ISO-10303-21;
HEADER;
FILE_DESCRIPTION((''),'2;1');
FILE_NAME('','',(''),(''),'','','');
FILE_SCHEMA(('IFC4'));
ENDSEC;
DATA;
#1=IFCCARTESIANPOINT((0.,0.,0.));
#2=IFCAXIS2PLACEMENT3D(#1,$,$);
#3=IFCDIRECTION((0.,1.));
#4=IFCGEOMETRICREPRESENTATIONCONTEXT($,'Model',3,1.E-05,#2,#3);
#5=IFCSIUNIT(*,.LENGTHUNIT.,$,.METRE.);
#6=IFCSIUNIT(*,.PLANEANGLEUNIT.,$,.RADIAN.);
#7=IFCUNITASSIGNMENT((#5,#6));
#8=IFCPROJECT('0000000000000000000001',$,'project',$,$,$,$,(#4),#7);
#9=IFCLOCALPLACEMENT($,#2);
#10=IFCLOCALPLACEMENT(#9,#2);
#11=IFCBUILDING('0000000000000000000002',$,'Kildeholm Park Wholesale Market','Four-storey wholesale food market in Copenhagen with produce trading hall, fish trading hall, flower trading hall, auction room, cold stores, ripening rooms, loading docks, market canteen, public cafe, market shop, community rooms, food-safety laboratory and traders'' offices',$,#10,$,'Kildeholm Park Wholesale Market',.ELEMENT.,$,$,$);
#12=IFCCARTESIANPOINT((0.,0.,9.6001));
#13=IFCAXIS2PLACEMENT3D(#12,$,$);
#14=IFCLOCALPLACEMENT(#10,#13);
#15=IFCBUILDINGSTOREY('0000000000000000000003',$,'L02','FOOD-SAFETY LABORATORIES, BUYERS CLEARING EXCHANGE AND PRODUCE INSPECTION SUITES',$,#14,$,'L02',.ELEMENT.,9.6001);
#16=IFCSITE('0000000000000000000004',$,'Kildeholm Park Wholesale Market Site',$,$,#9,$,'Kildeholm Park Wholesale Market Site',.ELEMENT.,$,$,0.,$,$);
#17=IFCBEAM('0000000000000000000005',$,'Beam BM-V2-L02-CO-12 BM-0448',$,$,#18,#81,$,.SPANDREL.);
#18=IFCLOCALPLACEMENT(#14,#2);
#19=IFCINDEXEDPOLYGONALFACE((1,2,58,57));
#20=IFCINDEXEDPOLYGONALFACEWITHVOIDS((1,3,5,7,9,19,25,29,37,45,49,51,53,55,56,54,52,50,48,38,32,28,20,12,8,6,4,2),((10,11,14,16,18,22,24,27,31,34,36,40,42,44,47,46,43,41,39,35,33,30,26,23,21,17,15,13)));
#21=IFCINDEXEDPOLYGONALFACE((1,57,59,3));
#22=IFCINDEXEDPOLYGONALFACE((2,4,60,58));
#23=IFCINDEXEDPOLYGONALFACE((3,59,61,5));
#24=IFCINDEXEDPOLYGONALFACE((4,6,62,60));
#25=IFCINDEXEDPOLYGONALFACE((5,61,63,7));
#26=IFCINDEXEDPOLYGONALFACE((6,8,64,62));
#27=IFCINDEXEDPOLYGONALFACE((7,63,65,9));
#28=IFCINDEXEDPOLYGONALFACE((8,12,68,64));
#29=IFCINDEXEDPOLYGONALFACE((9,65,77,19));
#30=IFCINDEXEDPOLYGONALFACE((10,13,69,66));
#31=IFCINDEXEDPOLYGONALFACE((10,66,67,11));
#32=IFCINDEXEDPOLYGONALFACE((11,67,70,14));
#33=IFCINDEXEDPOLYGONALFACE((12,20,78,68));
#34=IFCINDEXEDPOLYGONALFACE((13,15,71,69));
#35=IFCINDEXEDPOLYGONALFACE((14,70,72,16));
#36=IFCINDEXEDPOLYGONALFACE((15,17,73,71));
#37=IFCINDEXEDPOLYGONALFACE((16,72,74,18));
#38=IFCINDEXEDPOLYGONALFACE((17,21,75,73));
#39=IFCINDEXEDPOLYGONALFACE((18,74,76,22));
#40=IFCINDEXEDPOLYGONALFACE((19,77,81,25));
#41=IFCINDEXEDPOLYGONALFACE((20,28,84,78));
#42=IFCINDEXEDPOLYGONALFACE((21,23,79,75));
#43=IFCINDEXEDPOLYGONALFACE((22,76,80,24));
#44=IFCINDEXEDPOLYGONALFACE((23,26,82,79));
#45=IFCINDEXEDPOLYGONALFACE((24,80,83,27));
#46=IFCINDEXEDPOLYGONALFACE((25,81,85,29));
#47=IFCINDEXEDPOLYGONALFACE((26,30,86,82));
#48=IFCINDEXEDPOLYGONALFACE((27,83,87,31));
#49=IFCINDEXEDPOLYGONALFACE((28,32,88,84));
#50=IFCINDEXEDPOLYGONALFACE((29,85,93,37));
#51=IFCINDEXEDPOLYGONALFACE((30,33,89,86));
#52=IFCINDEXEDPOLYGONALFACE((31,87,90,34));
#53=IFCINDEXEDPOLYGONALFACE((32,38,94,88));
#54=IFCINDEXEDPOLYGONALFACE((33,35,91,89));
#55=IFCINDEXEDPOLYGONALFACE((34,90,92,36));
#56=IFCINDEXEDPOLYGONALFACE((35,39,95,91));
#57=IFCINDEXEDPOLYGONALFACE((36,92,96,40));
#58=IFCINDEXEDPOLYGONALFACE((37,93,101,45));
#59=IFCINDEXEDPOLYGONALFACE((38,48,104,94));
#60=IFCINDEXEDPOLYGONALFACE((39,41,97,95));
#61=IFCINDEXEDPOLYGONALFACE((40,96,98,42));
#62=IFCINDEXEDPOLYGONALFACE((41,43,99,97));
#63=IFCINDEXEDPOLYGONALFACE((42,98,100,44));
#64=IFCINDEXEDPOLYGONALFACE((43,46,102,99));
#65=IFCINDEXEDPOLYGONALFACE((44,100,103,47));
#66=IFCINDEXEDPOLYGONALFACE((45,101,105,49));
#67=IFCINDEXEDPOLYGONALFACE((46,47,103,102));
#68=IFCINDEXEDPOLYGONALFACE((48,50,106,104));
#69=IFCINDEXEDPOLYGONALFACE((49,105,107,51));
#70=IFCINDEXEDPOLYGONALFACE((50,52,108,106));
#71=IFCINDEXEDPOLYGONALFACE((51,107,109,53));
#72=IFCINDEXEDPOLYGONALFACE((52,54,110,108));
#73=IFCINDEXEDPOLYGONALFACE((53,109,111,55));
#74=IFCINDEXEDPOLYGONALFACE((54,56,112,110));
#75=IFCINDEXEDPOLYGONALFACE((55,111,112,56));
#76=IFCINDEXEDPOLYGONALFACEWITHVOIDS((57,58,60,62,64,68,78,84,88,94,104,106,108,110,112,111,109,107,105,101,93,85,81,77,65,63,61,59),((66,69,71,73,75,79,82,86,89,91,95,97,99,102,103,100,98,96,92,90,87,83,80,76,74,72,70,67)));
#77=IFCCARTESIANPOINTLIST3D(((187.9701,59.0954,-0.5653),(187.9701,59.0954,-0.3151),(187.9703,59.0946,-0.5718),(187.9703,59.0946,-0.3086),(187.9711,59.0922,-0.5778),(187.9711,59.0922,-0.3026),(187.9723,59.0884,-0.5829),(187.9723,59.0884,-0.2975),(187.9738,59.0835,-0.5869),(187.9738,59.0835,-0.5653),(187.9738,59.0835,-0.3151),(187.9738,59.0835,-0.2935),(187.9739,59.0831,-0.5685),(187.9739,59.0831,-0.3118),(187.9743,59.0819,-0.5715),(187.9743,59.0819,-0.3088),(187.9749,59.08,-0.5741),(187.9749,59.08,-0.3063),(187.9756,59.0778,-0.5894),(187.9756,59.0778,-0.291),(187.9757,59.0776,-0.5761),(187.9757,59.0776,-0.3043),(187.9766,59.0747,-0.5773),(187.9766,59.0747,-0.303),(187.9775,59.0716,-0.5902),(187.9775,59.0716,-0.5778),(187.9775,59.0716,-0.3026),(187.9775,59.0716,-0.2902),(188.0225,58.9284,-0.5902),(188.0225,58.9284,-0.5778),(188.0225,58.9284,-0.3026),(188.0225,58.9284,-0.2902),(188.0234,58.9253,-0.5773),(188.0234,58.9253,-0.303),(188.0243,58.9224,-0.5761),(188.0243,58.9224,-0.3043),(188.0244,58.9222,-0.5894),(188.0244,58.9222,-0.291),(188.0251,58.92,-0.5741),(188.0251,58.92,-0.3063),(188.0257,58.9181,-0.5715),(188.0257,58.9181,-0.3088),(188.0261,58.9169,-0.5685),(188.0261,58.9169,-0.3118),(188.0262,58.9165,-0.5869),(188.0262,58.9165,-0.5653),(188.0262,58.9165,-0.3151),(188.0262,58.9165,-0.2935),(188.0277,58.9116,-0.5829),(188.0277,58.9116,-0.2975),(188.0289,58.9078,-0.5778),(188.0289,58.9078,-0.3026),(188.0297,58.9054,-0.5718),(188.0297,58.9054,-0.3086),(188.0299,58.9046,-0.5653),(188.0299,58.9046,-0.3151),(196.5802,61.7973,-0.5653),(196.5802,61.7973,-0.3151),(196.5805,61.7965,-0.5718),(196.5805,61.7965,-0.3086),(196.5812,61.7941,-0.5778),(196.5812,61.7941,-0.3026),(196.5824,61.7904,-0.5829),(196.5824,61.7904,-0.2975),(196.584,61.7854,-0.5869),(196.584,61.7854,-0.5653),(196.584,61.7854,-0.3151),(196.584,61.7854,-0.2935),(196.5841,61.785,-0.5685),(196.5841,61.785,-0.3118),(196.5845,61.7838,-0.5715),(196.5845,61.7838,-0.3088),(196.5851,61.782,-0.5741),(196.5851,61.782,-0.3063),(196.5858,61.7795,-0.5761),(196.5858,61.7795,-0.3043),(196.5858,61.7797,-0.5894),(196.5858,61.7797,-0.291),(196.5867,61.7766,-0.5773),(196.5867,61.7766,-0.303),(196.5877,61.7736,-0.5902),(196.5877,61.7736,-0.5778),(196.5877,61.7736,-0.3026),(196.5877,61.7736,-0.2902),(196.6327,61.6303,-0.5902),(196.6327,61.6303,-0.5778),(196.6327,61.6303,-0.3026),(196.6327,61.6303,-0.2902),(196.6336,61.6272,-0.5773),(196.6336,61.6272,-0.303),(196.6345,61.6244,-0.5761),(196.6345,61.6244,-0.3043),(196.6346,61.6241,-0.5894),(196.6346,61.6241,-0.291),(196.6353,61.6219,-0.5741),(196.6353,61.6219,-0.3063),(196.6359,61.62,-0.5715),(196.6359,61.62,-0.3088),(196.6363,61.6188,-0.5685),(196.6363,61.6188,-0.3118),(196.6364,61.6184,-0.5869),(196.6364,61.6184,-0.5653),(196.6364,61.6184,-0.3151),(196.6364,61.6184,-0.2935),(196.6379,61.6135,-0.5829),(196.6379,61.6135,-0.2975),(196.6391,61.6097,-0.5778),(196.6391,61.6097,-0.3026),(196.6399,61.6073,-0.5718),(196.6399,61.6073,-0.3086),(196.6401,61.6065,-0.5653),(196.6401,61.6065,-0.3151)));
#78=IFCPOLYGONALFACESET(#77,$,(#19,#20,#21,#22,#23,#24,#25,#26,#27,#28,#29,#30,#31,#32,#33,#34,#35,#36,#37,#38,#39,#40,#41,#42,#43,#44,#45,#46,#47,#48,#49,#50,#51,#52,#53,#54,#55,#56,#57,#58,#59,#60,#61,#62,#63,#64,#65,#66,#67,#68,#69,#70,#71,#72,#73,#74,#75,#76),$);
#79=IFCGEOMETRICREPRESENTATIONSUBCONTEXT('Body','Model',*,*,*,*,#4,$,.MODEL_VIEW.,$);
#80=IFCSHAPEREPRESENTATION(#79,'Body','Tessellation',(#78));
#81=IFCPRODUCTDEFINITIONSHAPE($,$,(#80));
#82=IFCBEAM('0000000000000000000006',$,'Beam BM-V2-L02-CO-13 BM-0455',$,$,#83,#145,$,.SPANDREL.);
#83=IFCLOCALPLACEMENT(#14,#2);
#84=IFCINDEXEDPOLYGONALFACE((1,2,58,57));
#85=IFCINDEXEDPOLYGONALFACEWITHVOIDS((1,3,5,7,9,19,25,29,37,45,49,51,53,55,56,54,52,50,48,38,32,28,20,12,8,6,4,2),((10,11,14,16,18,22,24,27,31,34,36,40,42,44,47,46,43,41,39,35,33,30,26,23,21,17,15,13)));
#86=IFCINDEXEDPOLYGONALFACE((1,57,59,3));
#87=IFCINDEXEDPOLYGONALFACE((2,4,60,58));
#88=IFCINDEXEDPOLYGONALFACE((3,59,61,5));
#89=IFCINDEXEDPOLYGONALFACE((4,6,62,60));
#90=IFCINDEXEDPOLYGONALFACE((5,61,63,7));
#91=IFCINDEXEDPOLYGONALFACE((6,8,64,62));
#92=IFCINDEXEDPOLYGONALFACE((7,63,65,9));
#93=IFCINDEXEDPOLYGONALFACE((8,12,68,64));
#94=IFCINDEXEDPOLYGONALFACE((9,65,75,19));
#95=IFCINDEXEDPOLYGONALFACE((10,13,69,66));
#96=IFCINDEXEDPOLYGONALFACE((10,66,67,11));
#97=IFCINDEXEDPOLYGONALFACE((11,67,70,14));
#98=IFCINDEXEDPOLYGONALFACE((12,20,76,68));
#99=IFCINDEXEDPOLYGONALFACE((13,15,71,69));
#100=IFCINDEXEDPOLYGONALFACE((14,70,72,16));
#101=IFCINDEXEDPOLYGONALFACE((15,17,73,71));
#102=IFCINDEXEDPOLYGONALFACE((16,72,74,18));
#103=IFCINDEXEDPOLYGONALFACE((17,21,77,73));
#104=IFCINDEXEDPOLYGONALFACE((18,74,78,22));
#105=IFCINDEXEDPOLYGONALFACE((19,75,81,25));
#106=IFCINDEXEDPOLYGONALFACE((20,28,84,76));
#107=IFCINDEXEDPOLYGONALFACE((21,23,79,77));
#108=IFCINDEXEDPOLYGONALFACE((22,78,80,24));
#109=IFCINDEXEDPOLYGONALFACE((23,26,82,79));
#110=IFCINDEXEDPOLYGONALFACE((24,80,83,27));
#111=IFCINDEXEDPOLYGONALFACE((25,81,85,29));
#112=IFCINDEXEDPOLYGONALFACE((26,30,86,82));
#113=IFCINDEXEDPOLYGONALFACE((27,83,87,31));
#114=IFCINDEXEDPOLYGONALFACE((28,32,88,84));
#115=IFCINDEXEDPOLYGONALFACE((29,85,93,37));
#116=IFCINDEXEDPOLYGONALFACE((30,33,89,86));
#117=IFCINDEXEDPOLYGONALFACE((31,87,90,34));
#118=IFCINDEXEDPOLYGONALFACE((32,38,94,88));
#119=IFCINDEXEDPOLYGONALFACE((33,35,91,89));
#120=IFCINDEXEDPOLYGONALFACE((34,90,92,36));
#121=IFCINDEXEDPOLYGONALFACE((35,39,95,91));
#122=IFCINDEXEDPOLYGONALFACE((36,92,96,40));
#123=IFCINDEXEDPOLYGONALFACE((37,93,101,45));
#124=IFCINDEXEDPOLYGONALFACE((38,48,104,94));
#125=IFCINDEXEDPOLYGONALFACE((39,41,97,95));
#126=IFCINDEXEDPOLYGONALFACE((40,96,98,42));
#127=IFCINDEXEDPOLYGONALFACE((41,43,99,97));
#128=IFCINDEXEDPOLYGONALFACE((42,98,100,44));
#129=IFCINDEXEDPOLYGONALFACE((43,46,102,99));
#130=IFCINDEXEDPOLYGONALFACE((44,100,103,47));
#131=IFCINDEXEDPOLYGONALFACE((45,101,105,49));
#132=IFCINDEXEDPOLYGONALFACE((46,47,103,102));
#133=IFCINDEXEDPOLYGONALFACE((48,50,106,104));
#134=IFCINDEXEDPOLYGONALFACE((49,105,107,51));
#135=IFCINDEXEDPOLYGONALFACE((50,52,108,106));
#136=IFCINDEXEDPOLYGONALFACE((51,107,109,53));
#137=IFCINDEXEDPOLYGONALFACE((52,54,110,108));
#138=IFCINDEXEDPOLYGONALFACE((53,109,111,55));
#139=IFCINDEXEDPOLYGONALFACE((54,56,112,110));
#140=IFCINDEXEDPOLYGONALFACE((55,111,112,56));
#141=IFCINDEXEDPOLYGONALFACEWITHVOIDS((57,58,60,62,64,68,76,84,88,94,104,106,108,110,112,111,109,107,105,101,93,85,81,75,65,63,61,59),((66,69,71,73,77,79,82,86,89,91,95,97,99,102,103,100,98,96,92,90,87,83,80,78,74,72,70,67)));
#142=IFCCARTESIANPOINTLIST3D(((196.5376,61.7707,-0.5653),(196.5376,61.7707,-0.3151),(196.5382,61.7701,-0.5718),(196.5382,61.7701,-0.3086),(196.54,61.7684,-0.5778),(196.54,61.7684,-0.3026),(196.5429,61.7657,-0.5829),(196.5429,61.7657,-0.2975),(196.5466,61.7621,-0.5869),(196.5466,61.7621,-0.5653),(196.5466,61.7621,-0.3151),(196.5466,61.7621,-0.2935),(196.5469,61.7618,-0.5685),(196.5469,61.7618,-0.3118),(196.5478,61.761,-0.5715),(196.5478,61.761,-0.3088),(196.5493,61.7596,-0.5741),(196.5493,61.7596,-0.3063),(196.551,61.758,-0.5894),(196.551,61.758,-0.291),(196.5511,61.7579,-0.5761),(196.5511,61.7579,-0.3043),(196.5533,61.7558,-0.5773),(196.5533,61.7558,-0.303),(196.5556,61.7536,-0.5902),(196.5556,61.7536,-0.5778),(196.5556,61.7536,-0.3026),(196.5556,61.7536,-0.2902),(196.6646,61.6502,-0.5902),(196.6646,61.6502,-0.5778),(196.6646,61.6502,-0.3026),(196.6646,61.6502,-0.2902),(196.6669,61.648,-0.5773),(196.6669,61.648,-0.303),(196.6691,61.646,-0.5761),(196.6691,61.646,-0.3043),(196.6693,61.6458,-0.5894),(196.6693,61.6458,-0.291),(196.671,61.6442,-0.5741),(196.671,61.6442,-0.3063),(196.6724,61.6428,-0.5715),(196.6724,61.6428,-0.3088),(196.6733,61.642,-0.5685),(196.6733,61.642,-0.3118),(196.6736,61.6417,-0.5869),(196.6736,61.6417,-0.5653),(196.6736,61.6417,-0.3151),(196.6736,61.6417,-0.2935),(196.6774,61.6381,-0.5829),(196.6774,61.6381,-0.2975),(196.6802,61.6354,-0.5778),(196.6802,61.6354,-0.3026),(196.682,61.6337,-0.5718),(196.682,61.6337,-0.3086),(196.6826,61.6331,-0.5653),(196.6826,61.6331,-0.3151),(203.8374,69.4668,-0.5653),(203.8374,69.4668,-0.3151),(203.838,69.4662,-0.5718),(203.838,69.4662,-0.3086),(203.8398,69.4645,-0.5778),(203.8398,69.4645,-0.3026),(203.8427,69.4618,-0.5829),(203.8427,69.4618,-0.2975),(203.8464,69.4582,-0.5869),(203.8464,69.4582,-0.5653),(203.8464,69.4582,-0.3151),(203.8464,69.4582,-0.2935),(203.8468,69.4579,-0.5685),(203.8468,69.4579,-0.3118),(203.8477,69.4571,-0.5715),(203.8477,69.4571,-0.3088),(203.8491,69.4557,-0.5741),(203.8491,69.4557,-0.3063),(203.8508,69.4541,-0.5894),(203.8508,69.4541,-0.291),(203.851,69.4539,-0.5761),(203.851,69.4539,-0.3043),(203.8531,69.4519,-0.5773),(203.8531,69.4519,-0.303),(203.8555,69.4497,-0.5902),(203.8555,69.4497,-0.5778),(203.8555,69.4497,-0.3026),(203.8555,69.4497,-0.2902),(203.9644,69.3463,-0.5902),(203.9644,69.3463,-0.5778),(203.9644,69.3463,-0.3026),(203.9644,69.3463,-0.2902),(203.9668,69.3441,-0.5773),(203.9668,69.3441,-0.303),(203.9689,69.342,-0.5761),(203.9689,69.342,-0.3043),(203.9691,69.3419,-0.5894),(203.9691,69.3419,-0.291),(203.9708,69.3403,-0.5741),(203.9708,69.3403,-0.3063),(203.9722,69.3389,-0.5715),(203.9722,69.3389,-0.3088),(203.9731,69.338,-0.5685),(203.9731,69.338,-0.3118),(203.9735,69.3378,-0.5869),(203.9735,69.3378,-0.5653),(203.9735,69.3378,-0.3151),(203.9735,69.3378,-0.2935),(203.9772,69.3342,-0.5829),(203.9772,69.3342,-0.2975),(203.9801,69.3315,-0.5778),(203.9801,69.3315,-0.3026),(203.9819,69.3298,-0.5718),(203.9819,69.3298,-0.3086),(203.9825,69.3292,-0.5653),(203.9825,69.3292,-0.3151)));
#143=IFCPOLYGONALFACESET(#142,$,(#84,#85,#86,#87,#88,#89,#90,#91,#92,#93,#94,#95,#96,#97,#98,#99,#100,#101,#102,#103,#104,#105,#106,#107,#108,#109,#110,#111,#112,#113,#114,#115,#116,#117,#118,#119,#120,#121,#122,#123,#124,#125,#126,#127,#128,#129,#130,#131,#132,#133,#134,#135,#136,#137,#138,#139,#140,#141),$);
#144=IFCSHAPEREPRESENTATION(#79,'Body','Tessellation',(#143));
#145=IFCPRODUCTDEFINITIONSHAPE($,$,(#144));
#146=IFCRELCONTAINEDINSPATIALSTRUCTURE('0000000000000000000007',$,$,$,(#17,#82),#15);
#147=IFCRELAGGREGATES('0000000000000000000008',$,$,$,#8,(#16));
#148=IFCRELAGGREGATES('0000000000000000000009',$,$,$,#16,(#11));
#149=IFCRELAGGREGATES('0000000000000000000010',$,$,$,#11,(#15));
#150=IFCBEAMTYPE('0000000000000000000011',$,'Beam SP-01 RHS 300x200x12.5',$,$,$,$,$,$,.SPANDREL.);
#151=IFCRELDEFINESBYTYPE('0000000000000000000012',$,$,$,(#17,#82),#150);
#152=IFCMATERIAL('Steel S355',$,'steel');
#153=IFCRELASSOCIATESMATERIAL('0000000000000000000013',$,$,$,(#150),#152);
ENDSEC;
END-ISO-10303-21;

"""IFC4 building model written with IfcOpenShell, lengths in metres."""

from ifc_helpers import new_model, si_unit, direction, frame, origin, origin_2d, place, context, subcontext, project, spatial, hollow_rectangle, extrude, material, material_profile, profile_set, type_object, element, save


model = new_model("IFC4")

# Units and contexts
model_context = context("Model", 3, precision=1e-05, world=origin(), true_north=direction((0.0, 1.0)))
body_context = subcontext(model_context, "Body", "Model", "MODEL_VIEW")
ifc_project = project(units=[si_unit("LENGTHUNIT", "METRE"), si_unit("PLANEANGLEUNIT", "RADIAN")], contexts=[model_context])

# Site, building, storey
site_placement = place(None, origin())
site = spatial("IfcSite", under=ifc_project, at=site_placement, Name="Kildeholm Park Wholesale Market Site", LongName="Kildeholm Park Wholesale Market Site", CompositionType="ELEMENT", RefElevation=0.0)
building_placement = place(site_placement, origin())
building = spatial("IfcBuilding", under=site, at=building_placement, Name="Kildeholm Park Wholesale Market", Description="Four-storey wholesale food market in Copenhagen with produce trading hall, fish trading hall, flower trading hall, auction room, cold stores, ripening rooms, loading docks, market canteen, public cafe, market shop, community rooms, food-safety laboratory and traders' offices", LongName="Kildeholm Park Wholesale Market", CompositionType="ELEMENT")
storey_placement = place(building_placement, frame((0.0, 0.0, 9.6001)))
storey = spatial("IfcBuildingStorey", under=building, at=storey_placement, Name="L02", Description="FOOD-SAFETY LABORATORIES, BUYERS CLEARING EXCHANGE AND PRODUCE INSPECTION SUITES", LongName="L02", CompositionType="ELEMENT", Elevation=9.6001)

# Shared definitions
ifc_material_1 = material(Name="Steel S355", Category="steel")

# Beams
ifc_material_profile_1 = material_profile(ifc_material_1, hollow_rectangle(XDim=0.2, YDim=0.3, WallThickness=0.0125, InnerFilletRadius=0.0125, OuterFilletRadius=0.0249, at=origin_2d()), Name="RHS 300x200x12.5")
ifc_profile_set_1 = profile_set([ifc_material_profile_1], Name="Steel S355")
beam_type_1 = type_object("IfcBeamType", Name="Beam SP-01 RHS 300x200x12.5", PredefinedType="SPANDREL", material=ifc_profile_set_1)
for number, where, z_axis, x_axis, name in (
    (1, (188.0, 59.0, -0.4402), (0.954125, 0.29941, 0.0), (-0.29941, 0.954125, 0.0), "Beam BM-V2-L02-CO-12 BM-0448"),
):
    element("IfcBeam", number, at=place(storey_placement, frame(where, z_axis=z_axis, x_axis=x_axis)), inside=storey, type_object=beam_type_1, Name=name, PredefinedType="SPANDREL", context=body_context, shape_type="SweptSolid", body=[
        extrude(hollow_rectangle(XDim=0.2, YDim=0.3, WallThickness=0.0125, InnerFilletRadius=0.0125, OuterFilletRadius=0.0249, at=origin_2d()), origin(), (0.0, 0.0, 1.0), 9.0242),
    ])
beam_1_placement = place(storey_placement, frame((196.6101, 61.7019, -0.4402), z_axis=(0.688182, 0.725538, 0.0), x_axis=(-0.725538, 0.688182, 0.0)))
element("IfcBeam", 2, at=beam_1_placement, inside=storey, type_object=beam_type_1, Name="Beam BM-V2-L02-CO-13 BM-0455", PredefinedType="SPANDREL", context=body_context, shape_type="SweptSolid", body=[
    extrude(hollow_rectangle(XDim=0.2, YDim=0.3, WallThickness=0.0125, InnerFilletRadius=0.0125, OuterFilletRadius=0.0249, at=origin_2d()), origin(), (0.0, 0.0, 1.0), 10.6074),
])

save(model, "model.ifc")
